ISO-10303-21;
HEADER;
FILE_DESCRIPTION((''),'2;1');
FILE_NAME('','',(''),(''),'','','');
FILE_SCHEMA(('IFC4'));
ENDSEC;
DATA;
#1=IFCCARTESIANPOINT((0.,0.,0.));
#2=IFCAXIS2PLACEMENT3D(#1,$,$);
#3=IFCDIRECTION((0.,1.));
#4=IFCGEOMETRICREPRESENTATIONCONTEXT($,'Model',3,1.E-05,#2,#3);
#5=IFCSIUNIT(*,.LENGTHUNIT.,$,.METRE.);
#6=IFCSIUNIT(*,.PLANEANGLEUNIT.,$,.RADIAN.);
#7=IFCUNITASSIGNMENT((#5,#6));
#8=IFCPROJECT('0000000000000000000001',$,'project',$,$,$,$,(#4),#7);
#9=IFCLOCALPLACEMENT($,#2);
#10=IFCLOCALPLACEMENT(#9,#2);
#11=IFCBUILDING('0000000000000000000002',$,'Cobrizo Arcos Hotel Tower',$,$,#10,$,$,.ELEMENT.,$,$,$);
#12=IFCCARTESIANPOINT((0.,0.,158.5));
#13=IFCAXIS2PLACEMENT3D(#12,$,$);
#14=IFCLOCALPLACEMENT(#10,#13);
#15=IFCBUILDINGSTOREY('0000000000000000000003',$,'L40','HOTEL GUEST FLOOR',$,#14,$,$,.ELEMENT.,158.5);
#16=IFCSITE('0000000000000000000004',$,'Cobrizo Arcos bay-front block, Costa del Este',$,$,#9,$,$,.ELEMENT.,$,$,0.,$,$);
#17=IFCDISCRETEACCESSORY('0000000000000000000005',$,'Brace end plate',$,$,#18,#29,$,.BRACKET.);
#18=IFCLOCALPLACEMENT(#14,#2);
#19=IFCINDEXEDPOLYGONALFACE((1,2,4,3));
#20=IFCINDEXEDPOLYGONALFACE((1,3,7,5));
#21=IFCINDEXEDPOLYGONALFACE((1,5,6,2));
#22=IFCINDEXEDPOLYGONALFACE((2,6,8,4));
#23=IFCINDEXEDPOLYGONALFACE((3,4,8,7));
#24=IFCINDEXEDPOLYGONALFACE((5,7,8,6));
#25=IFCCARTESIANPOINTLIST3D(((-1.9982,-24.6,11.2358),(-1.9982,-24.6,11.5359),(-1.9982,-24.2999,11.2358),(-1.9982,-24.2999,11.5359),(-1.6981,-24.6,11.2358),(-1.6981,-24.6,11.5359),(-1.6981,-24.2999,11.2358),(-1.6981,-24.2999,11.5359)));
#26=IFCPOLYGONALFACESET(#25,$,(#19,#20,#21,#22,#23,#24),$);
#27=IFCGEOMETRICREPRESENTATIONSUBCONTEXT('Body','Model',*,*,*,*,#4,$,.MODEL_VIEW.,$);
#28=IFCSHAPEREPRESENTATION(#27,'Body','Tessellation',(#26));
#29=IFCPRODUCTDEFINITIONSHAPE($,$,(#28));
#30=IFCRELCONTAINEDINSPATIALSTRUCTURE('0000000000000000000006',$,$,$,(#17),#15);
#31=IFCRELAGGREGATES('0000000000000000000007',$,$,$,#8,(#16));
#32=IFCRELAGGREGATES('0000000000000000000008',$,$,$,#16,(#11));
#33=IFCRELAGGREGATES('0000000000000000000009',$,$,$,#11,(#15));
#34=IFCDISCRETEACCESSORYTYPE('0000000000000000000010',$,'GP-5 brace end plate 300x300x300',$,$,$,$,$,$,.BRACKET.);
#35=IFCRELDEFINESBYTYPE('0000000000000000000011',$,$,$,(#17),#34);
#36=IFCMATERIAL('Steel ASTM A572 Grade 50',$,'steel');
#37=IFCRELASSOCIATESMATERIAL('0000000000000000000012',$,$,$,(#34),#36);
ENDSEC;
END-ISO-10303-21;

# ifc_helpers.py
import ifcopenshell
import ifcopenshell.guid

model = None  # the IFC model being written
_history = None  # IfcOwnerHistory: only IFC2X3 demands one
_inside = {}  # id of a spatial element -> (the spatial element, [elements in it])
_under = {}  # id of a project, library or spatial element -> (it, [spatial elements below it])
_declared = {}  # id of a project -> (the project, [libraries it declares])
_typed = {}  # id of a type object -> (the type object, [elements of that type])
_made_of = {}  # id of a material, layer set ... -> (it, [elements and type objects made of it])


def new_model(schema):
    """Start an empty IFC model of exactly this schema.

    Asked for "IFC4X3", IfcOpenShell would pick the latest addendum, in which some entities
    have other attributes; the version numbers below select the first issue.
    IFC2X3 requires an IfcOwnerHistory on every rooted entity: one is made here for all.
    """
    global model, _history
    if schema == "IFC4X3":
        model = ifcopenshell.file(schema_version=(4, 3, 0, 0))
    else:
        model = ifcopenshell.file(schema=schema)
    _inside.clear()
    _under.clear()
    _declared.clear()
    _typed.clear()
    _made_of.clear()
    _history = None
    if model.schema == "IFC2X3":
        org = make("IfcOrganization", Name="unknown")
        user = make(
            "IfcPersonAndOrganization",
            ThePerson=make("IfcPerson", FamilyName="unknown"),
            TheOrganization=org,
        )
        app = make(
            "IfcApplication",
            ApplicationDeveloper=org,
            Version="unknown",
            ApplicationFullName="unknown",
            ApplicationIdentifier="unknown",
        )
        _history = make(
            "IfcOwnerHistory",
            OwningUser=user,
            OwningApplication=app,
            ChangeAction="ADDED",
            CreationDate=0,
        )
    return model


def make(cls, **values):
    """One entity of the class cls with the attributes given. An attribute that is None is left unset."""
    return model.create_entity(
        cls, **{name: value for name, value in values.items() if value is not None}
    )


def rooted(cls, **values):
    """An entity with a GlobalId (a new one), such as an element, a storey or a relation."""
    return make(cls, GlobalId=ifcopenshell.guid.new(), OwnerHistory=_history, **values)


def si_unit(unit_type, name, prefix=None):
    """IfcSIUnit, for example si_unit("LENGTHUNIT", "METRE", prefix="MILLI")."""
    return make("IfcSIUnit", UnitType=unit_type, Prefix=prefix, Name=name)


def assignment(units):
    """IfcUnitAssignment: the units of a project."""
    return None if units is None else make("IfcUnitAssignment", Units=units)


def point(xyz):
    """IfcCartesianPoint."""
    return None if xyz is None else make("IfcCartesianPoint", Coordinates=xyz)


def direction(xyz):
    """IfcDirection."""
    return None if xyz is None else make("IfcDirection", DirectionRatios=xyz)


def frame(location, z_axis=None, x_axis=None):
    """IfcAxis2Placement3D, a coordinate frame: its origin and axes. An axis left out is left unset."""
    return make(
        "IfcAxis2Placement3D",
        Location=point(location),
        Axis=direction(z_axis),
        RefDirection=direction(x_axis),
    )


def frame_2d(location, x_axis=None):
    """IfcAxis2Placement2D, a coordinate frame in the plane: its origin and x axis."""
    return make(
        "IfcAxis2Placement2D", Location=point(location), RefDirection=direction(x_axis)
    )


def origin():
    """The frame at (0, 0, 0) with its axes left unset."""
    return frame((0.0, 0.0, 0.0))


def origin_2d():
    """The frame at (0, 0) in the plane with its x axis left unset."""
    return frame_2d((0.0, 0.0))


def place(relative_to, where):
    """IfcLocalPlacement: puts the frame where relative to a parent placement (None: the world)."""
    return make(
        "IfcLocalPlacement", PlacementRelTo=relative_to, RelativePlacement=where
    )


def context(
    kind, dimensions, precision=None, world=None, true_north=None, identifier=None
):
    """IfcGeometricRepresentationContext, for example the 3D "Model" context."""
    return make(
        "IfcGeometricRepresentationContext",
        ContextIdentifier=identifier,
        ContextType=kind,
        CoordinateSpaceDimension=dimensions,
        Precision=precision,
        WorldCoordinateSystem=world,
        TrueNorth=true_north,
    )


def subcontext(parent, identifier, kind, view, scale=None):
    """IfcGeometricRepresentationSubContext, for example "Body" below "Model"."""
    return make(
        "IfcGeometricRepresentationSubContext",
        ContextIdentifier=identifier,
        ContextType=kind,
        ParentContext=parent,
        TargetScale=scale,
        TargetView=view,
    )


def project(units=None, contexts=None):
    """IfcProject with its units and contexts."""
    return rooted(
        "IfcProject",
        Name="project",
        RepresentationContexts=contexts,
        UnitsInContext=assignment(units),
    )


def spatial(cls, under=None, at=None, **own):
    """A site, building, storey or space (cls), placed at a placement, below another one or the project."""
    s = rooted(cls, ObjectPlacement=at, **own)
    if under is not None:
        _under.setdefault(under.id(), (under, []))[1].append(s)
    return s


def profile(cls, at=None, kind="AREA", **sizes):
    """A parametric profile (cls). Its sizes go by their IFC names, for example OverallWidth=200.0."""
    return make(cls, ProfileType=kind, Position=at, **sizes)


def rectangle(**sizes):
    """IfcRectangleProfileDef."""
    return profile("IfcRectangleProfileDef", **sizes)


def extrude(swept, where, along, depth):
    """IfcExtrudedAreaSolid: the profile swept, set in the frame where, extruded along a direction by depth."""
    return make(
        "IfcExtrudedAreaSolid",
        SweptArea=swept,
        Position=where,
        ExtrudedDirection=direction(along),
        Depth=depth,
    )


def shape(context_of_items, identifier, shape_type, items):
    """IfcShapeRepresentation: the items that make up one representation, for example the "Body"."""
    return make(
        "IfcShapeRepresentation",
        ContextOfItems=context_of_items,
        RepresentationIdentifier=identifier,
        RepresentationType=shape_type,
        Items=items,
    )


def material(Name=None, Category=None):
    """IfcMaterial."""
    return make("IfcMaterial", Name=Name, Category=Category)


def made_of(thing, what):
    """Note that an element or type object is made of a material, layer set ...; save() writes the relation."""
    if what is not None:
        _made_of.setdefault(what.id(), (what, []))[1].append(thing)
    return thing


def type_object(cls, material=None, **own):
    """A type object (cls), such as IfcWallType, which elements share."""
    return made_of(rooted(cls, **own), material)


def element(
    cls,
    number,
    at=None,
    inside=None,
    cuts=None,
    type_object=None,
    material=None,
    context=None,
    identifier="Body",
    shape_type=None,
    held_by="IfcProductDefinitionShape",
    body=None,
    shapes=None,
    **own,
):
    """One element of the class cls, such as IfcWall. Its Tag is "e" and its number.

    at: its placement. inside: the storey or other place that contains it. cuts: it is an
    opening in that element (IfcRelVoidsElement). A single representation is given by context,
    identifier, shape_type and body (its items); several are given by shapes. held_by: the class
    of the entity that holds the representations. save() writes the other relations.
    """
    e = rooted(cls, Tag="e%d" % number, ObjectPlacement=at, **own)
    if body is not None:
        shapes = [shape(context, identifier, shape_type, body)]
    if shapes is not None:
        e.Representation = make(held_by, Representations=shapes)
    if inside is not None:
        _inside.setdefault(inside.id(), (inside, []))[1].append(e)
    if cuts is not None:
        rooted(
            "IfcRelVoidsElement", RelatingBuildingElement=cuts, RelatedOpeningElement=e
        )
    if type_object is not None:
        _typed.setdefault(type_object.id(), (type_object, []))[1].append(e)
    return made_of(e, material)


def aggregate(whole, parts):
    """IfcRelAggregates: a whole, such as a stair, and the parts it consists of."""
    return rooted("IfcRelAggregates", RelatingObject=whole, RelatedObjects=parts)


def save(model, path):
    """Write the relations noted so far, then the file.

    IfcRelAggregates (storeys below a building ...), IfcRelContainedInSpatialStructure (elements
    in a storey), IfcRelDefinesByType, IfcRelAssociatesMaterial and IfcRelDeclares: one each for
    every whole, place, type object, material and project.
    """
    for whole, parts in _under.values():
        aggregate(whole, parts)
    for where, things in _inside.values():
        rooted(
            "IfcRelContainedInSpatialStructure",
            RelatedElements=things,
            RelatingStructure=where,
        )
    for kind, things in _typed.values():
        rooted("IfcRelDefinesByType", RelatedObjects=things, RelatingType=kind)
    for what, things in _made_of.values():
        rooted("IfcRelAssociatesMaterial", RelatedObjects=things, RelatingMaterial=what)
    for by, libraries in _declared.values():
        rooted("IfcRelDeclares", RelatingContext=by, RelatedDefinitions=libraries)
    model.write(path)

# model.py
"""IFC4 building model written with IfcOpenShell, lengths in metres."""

from ifc_helpers import new_model, si_unit, direction, frame, origin, origin_2d, place, context, subcontext, project, spatial, rectangle, extrude, material, type_object, element, save


model = new_model("IFC4")

# Units and contexts
model_context = context("Model", 3, precision=1e-05, world=origin(), true_north=direction((0.0, 1.0)))
body_context = subcontext(model_context, "Body", "Model", "MODEL_VIEW")
ifc_project = project(units=[si_unit("LENGTHUNIT", "METRE"), si_unit("PLANEANGLEUNIT", "RADIAN")], contexts=[model_context])

# Site, building, storey
site_placement = place(None, origin())
site = spatial("IfcSite", under=ifc_project, at=site_placement, Name="Cobrizo Arcos bay-front block, Costa del Este", CompositionType="ELEMENT", RefElevation=0.0)
building_placement = place(site_placement, origin())
building = spatial("IfcBuilding", under=site, at=building_placement, Name="Cobrizo Arcos Hotel Tower", CompositionType="ELEMENT")
storey_placement = place(building_placement, frame((0.0, 0.0, 158.5)))
storey = spatial("IfcBuildingStorey", under=building, at=storey_placement, Name="L40", Description="HOTEL GUEST FLOOR", CompositionType="ELEMENT", Elevation=158.5)

# Shared definitions
ifc_material_1 = material(Name="Steel ASTM A572 Grade 50", Category="steel")

# Discrete accessory
discrete_accessory_type = type_object("IfcDiscreteAccessoryType", Name="GP-5 brace end plate 300x300x300", PredefinedType="BRACKET", material=ifc_material_1)
for number, where, z_axis, x_axis, name in (
    (1, (-1.8481, -24.45, 11.2358), (0.0, 0.0, 1.0), (1.0, 0.0, 0.0), "Brace end plate"),
):
    element("IfcDiscreteAccessory", number, at=place(storey_placement, frame(where, z_axis=z_axis, x_axis=x_axis)), inside=storey, type_object=discrete_accessory_type, Name=name, PredefinedType="BRACKET", context=body_context, shape_type="SweptSolid", body=[
        extrude(rectangle(XDim=0.3, YDim=0.3, at=origin_2d()), origin(), (0.0, 0.0, 1.0), 0.3),
    ])

save(model, "model.ifc")
